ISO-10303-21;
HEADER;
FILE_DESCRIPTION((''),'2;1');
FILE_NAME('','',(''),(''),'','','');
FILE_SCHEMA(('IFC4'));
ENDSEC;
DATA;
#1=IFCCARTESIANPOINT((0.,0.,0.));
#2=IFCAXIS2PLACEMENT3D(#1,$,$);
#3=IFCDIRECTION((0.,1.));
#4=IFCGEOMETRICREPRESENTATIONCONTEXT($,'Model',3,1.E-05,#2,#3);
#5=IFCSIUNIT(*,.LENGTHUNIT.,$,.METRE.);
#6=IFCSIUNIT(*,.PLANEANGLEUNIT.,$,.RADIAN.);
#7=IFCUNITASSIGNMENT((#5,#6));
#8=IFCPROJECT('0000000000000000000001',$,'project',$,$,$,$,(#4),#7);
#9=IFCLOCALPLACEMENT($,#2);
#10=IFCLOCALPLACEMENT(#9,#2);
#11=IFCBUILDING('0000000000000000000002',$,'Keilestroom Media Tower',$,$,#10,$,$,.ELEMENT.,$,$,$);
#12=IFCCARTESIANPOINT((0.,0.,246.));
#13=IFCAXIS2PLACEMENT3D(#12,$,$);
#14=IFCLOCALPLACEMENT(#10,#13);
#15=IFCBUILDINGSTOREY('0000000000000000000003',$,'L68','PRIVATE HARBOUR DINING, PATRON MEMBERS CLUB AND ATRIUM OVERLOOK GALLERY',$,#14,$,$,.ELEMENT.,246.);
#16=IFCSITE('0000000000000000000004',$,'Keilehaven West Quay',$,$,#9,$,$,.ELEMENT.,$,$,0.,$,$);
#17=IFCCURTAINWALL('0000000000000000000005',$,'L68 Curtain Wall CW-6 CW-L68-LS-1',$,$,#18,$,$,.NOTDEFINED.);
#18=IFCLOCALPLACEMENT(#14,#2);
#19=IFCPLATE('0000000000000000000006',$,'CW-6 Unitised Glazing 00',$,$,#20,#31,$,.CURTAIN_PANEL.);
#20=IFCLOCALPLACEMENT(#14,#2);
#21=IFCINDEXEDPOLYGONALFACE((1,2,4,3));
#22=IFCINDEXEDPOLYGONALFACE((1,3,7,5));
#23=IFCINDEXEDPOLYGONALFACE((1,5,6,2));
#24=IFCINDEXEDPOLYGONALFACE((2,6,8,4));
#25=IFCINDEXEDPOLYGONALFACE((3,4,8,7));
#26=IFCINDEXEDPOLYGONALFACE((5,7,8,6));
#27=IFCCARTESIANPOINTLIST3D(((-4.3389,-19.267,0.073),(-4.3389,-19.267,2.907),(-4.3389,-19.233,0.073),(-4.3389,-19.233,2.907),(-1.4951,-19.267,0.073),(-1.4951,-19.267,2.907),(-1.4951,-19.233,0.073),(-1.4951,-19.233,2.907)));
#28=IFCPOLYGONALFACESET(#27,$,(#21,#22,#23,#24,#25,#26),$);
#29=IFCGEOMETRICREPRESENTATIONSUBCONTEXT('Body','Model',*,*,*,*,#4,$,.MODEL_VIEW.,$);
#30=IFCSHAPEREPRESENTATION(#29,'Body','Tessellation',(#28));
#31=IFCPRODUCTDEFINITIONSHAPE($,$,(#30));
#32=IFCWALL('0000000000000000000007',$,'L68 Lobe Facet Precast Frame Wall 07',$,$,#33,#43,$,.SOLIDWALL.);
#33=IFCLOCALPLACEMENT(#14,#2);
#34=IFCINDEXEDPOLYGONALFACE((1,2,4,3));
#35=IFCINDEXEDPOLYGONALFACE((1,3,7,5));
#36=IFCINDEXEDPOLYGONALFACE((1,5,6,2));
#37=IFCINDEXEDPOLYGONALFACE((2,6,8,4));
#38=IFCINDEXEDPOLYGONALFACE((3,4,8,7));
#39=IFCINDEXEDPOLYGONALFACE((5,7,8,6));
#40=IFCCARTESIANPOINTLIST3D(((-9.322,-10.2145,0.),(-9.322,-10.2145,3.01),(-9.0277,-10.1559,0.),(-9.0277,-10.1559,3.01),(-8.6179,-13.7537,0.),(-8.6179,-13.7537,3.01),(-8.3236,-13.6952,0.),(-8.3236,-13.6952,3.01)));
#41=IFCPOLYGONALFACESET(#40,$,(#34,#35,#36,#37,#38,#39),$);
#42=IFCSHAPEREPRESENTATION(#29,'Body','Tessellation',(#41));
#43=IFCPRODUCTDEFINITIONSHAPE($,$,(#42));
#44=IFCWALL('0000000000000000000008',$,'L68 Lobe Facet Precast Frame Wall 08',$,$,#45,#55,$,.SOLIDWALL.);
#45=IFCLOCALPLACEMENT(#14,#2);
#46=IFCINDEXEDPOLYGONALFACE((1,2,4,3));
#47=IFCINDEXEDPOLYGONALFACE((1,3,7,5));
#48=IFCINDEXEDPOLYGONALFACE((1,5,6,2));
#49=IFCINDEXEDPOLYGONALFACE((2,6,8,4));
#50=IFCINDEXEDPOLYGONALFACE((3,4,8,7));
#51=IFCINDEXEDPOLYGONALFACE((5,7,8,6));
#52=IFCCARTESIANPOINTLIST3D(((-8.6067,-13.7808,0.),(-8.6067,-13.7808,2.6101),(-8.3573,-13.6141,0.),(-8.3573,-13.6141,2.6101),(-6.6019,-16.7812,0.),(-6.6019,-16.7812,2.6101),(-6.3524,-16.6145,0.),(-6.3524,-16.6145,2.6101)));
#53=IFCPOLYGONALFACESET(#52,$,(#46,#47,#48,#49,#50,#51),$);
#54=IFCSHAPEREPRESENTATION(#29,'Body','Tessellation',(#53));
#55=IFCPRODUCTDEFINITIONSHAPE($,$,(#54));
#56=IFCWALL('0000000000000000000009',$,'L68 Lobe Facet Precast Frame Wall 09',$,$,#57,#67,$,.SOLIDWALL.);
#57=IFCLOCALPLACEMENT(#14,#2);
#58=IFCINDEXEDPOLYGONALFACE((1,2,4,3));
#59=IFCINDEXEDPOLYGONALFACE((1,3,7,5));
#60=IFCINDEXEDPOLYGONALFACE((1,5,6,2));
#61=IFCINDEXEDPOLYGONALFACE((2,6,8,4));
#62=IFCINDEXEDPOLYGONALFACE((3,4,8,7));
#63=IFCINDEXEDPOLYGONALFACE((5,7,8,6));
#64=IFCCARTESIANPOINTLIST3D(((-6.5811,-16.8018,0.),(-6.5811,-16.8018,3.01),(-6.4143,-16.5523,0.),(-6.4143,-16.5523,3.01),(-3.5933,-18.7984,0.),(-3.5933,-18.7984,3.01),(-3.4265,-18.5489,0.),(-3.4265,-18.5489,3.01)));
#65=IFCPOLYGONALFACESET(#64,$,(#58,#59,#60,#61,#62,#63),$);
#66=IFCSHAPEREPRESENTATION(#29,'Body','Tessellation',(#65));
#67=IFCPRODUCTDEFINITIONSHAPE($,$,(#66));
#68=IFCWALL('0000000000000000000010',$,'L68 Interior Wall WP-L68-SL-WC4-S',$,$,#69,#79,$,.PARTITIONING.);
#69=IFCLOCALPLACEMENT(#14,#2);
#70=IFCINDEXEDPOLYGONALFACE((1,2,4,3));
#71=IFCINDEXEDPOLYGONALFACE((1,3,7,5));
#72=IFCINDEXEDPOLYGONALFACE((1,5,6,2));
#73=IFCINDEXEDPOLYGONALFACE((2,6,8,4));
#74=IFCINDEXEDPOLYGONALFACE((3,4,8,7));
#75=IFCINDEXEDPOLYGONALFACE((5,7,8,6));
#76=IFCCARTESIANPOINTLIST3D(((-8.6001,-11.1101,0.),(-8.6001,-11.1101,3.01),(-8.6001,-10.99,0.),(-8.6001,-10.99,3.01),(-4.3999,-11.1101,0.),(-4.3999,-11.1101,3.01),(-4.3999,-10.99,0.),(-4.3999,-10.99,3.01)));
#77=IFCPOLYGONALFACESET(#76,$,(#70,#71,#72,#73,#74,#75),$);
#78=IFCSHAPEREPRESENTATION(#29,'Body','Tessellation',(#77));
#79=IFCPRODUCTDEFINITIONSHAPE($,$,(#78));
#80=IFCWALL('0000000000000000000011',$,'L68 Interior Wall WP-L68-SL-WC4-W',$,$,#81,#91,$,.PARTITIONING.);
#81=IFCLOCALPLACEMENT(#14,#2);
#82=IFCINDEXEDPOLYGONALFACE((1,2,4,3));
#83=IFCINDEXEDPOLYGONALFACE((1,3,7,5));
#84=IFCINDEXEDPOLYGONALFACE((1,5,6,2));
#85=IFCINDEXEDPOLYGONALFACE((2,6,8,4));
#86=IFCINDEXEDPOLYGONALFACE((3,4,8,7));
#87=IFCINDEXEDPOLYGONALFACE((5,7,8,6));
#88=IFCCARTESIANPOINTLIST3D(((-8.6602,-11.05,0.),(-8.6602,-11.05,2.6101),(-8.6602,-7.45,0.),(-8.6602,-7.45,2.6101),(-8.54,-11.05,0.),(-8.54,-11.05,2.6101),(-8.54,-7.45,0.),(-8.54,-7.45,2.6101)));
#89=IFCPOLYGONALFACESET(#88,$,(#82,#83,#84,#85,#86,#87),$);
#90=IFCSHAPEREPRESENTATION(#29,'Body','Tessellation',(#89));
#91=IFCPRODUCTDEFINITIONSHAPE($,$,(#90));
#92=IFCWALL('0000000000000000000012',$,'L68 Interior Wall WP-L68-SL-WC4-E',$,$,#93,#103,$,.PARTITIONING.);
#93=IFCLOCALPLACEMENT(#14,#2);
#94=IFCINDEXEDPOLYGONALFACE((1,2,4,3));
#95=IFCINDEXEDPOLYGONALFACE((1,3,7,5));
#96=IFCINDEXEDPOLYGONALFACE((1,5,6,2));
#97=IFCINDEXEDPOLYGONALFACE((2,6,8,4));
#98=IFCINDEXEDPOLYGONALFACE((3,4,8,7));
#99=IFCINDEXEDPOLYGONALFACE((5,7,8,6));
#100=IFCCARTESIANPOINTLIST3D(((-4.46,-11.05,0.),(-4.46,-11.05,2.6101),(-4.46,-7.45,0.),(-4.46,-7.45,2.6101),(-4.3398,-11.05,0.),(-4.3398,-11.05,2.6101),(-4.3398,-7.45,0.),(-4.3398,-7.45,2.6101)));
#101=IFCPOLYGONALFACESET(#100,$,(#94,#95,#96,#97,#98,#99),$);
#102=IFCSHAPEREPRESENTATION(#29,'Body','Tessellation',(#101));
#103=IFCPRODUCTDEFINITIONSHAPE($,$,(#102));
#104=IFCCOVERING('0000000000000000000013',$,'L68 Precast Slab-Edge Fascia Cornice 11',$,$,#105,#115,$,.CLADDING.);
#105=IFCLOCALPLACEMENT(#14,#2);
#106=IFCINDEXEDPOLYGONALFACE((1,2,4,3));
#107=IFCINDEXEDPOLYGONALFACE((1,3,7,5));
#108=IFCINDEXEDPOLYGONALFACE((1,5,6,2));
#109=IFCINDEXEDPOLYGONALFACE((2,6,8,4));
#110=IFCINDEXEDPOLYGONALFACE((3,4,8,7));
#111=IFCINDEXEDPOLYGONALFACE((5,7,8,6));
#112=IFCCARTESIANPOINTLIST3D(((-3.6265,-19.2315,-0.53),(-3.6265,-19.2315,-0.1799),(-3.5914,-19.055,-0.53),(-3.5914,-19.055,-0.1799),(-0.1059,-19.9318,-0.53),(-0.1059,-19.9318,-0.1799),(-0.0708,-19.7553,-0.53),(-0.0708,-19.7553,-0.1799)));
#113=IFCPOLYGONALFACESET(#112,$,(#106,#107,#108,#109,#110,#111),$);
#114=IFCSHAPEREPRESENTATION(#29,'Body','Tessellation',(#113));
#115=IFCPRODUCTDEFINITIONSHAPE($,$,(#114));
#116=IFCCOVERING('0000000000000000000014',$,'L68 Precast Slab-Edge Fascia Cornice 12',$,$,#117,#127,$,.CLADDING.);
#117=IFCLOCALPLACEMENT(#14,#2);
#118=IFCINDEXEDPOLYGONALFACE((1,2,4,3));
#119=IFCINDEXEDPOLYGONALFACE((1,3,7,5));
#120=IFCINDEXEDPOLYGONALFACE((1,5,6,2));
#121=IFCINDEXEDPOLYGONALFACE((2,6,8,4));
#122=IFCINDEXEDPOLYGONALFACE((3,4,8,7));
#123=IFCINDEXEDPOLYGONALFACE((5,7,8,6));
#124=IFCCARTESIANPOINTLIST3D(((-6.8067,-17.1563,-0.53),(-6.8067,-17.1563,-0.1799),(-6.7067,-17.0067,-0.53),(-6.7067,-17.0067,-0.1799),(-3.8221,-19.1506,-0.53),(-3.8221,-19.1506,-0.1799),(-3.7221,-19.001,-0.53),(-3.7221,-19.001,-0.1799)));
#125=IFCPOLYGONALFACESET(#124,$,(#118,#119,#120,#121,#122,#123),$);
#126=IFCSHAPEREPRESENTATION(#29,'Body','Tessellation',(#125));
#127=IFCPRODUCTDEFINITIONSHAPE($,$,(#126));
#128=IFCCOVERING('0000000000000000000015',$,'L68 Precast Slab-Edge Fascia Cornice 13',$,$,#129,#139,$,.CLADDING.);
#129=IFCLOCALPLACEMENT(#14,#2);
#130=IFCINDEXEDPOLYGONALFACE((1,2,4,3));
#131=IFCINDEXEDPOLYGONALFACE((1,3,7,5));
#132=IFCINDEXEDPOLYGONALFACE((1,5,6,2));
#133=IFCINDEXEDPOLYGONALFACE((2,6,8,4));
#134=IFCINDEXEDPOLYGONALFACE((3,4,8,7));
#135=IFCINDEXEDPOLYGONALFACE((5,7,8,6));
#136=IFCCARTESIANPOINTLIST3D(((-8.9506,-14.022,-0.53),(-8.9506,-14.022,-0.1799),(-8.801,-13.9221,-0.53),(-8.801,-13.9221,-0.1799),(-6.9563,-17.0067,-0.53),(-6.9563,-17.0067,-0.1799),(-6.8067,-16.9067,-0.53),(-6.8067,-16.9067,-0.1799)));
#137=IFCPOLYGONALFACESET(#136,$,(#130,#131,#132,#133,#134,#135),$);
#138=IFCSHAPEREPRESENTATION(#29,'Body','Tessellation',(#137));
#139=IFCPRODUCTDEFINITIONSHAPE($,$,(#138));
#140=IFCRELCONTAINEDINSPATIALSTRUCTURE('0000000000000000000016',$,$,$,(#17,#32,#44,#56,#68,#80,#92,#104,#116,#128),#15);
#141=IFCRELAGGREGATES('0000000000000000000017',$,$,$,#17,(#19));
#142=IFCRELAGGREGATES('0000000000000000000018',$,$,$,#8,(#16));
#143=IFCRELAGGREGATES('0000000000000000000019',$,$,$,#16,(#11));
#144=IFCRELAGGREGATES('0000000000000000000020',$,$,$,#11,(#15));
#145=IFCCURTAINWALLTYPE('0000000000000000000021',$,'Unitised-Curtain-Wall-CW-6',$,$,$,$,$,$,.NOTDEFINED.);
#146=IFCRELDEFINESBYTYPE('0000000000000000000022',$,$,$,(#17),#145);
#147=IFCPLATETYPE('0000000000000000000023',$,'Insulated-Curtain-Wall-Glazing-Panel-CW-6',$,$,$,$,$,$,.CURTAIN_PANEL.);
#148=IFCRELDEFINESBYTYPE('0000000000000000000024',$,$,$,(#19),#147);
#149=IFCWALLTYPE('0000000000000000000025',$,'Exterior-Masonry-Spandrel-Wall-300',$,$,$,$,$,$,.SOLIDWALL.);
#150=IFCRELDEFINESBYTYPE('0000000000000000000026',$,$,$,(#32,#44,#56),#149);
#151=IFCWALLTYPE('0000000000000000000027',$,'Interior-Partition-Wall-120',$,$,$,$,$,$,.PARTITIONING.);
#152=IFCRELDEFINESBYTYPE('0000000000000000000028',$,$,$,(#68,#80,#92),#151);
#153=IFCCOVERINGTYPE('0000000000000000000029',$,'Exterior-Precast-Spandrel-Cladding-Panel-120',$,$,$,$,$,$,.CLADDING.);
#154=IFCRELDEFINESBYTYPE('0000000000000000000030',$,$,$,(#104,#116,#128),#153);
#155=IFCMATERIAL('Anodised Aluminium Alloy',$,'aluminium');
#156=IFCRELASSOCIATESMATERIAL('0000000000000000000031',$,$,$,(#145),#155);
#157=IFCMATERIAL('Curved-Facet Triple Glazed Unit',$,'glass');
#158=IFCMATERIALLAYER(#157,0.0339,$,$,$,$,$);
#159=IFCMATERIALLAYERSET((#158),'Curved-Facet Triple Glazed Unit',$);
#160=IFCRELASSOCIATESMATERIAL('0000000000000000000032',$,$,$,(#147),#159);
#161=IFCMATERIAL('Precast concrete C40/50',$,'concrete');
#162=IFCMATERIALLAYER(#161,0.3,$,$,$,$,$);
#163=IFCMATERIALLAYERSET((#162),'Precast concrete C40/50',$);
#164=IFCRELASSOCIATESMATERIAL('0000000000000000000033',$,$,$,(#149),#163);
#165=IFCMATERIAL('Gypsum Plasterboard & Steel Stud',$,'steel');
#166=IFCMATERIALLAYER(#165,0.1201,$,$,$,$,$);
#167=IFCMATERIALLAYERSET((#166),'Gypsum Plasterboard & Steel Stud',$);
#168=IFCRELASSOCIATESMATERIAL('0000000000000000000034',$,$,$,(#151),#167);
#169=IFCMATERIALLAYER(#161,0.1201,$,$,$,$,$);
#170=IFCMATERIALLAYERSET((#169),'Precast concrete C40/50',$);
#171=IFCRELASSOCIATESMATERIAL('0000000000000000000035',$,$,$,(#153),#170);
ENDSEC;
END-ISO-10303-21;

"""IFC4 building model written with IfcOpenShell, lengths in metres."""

from ifc_helpers import new_model, si_unit, direction, frame, frame_2d, origin, origin_2d, place, context, subcontext, project, spatial, rectangle, extrude, source, transform, mapped, material, layer, layer_set, type_object, element, aggregate, save


model = new_model("IFC4")

# Units and contexts
model_context = context("Model", 3, precision=1e-05, world=origin(), true_north=direction((0.0, 1.0)))
body_context = subcontext(model_context, "Body", "Model", "MODEL_VIEW")
ifc_project = project(units=[si_unit("LENGTHUNIT", "METRE"), si_unit("PLANEANGLEUNIT", "RADIAN")], contexts=[model_context])

# Site, building, storey
site_placement = place(None, origin())
site = spatial("IfcSite", under=ifc_project, at=site_placement, Name="Keilehaven West Quay", CompositionType="ELEMENT", RefElevation=0.0)
building_placement = place(site_placement, origin())
building = spatial("IfcBuilding", under=site, at=building_placement, Name="Keilestroom Media Tower", CompositionType="ELEMENT")
storey_placement = place(building_placement, frame((0.0, 0.0, 246.0)))
storey = spatial("IfcBuildingStorey", under=building, at=storey_placement, Name="L68", Description="PRIVATE HARBOUR DINING, PATRON MEMBERS CLUB AND ATRIUM OVERLOOK GALLERY", CompositionType="ELEMENT", Elevation=246.0)

# Curtain wall, plate
ifc_material_1 = material(Name="Anodised Aluminium Alloy", Category="aluminium")
curtain_wall_type = type_object("IfcCurtainWallType", Name="Unitised-Curtain-Wall-CW-6", PredefinedType="NOTDEFINED", material=ifc_material_1)
curtain_wall_placement = place(storey_placement, origin())
curtain_wall = element("IfcCurtainWall", 1, at=curtain_wall_placement, inside=storey, type_object=curtain_wall_type, Name="L68 Curtain Wall CW-6 CW-L68-LS-1", PredefinedType="NOTDEFINED")
ifc_material_2 = material(Name="Curved-Facet Triple Glazed Unit", Category="glass")
ifc_layer_1 = layer(ifc_material_2, 0.0339)
ifc_layer_set_1 = layer_set([ifc_layer_1], Name="Curved-Facet Triple Glazed Unit")
plate_type = type_object("IfcPlateType", Name="Insulated-Curtain-Wall-Glazing-Panel-CW-6", PredefinedType="CURTAIN_PANEL", material=ifc_layer_set_1)
shared_shape_1 = source(origin(), body_context, "Body", "SweptSolid", [
    extrude(rectangle(XDim=2.8438, YDim=0.0339, at=origin_2d()), origin(), (0.0, 0.0, 1.0), 2.834),
])
plate_placement = place(storey_placement, frame((-2.917, -19.25, 0.073), z_axis=(0.0, 0.0, 1.0), x_axis=(1.0, 0.0, 0.0)))
plate = element("IfcPlate", 2, at=plate_placement, type_object=plate_type, Name="CW-6 Unitised Glazing 00", PredefinedType="CURTAIN_PANEL", context=body_context, shape_type="MappedRepresentation", body=[
    mapped(shared_shape_1, transform((0.0, 0.0, 0.0), x_axis=(1.0, 0.0, 0.0), y_axis=(0.0, 1.0, 0.0), z_axis=(0.0, 0.0, 1.0), scale=1.0)),
])
aggregate(curtain_wall, [plate])

# Walls
ifc_material_3 = material(Name="Precast concrete C40/50", Category="concrete")
ifc_layer_2 = layer(ifc_material_3, 0.3)
ifc_layer_set_2 = layer_set([ifc_layer_2], Name="Precast concrete C40/50")
wall_type_1 = type_object("IfcWallType", Name="Exterior-Masonry-Spandrel-Wall-300", PredefinedType="SOLIDWALL", material=ifc_layer_set_2)
wall_1_placement = place(storey_placement, frame((-9.1748, -10.1853, 0.0), z_axis=(0.0, 0.0, 1.0), x_axis=(0.195114, -0.980781, 0.0)))
element("IfcWall", 3, at=wall_1_placement, inside=storey, type_object=wall_type_1, Name="L68 Lobe Facet Precast Frame Wall 07", PredefinedType="SOLIDWALL", context=body_context, shape_type="SweptSolid", body=[
    extrude(rectangle(XDim=3.6086, YDim=0.3, at=frame_2d((1.8042, 0.0))), origin(), (0.0, 0.0, 1.0), 3.01),
])
wall_2_placement = place(storey_placement, frame((-8.4819, -13.6975, 0.0), z_axis=(0.0, 0.0, 1.0), x_axis=(0.555574, -0.831467, 0.0)))
element("IfcWall", 4, at=wall_2_placement, inside=storey, type_object=wall_type_1, Name="L68 Lobe Facet Precast Frame Wall 08", PredefinedType="SOLIDWALL", context=body_context, shape_type="SweptSolid", body=[
    extrude(rectangle(XDim=3.6086, YDim=0.3, at=frame_2d((1.8042, 0.0))), origin(), (0.0, 0.0, 1.0), 2.6101),
])
wall_3_placement = place(storey_placement, frame((-6.4978, -16.677, 0.0), z_axis=(0.0, 0.0, 1.0), x_axis=(0.831444, -0.555609, 0.0)))
element("IfcWall", 5, at=wall_3_placement, inside=storey, type_object=wall_type_1, Name="L68 Lobe Facet Precast Frame Wall 09", PredefinedType="SOLIDWALL", context=body_context, shape_type="SweptSolid", body=[
    extrude(rectangle(XDim=3.5935, YDim=0.3, at=frame_2d((1.7969, 0.0))), origin(), (0.0, 0.0, 1.0), 3.01),
])
ifc_material_4 = material(Name="Gypsum Plasterboard & Steel Stud", Category="steel")
ifc_layer_3 = layer(ifc_material_4, 0.1201)
ifc_layer_set_3 = layer_set([ifc_layer_3], Name="Gypsum Plasterboard & Steel Stud")
wall_type_2 = type_object("IfcWallType", Name="Interior-Partition-Wall-120", PredefinedType="PARTITIONING", material=ifc_layer_set_3)
wall_4_placement = place(storey_placement, frame((-8.6001, -11.05, 0.0), z_axis=(0.0, 0.0, 1.0), x_axis=(1.0, 0.0, 0.0)))
element("IfcWall", 6, at=wall_4_placement, inside=storey, type_object=wall_type_2, Name="L68 Interior Wall WP-L68-SL-WC4-S", PredefinedType="PARTITIONING", context=body_context, shape_type="SweptSolid", body=[
    extrude(rectangle(XDim=4.2002, YDim=0.1201, at=frame_2d((2.1001, 0.0))), origin(), (0.0, 0.0, 1.0), 3.01),
])
for number, where, z_axis, x_axis, name in (
    (7, (-8.6001, -11.05, 0.0), (0.0, 0.0, 1.0), (0.0, 1.0, 0.0), "L68 Interior Wall WP-L68-SL-WC4-W"),
    (8, (-4.3999, -11.05, 0.0), (0.0, 0.0, 1.0), (0.0, 1.0, 0.0), "L68 Interior Wall WP-L68-SL-WC4-E"),
):
    element("IfcWall", number, at=place(storey_placement, frame(where, z_axis=z_axis, x_axis=x_axis)), inside=storey, type_object=wall_type_2, Name=name, PredefinedType="PARTITIONING", context=body_context, shape_type="SweptSolid", body=[
        extrude(rectangle(XDim=3.6001, YDim=0.1201, at=frame_2d((1.8, 0.0))), origin(), (0.0, 0.0, 1.0), 2.6101),
    ])

# Coverings
ifc_layer_4 = layer(ifc_material_3, 0.1201)
ifc_layer_set_4 = layer_set([ifc_layer_4], Name="Precast concrete C40/50")
covering_type = type_object("IfcCoveringType", Name="Exterior-Precast-Spandrel-Cladding-Panel-120", PredefinedType="CLADDING", material=ifc_layer_set_4)
shared_shape_2 = source(origin(), body_context, "Body", "SweptSolid", [
    extrude(rectangle(XDim=3.5896, YDim=0.1799, at=origin_2d()), origin(), (0.0, 0.0, 1.0), 0.3501),
])
for number, where, z_axis, x_axis, name in (
    (9, (-1.8486, -19.4934, -0.53), (0.0, 0.0, 1.0), (-0.980784, 0.195099, 0.0), "L68 Precast Slab-Edge Fascia Cornice 11"),
    (10, (-5.2644, -18.0786, -0.53), (0.0, 0.0, 1.0), (-0.831467, 0.555575, 0.0), "L68 Precast Slab-Edge Fascia Cornice 12"),
    (11, (-7.8787, -15.4644, -0.53), (0.0, 0.0, 1.0), (-0.555575, 0.831467, 0.0), "L68 Precast Slab-Edge Fascia Cornice 13"),
):
    element("IfcCovering", number, at=place(storey_placement, frame(where, z_axis=z_axis, x_axis=x_axis)), inside=storey, type_object=covering_type, Name=name, PredefinedType="CLADDING", context=body_context, shape_type="MappedRepresentation", body=[
        mapped(shared_shape_2, transform((0.0, 0.0, 0.0), x_axis=(1.0, 0.0, 0.0), y_axis=(0.0, 1.0, 0.0), z_axis=(0.0, 0.0, 1.0), scale=1.0)),
    ])

save(model, "model.ifc")
